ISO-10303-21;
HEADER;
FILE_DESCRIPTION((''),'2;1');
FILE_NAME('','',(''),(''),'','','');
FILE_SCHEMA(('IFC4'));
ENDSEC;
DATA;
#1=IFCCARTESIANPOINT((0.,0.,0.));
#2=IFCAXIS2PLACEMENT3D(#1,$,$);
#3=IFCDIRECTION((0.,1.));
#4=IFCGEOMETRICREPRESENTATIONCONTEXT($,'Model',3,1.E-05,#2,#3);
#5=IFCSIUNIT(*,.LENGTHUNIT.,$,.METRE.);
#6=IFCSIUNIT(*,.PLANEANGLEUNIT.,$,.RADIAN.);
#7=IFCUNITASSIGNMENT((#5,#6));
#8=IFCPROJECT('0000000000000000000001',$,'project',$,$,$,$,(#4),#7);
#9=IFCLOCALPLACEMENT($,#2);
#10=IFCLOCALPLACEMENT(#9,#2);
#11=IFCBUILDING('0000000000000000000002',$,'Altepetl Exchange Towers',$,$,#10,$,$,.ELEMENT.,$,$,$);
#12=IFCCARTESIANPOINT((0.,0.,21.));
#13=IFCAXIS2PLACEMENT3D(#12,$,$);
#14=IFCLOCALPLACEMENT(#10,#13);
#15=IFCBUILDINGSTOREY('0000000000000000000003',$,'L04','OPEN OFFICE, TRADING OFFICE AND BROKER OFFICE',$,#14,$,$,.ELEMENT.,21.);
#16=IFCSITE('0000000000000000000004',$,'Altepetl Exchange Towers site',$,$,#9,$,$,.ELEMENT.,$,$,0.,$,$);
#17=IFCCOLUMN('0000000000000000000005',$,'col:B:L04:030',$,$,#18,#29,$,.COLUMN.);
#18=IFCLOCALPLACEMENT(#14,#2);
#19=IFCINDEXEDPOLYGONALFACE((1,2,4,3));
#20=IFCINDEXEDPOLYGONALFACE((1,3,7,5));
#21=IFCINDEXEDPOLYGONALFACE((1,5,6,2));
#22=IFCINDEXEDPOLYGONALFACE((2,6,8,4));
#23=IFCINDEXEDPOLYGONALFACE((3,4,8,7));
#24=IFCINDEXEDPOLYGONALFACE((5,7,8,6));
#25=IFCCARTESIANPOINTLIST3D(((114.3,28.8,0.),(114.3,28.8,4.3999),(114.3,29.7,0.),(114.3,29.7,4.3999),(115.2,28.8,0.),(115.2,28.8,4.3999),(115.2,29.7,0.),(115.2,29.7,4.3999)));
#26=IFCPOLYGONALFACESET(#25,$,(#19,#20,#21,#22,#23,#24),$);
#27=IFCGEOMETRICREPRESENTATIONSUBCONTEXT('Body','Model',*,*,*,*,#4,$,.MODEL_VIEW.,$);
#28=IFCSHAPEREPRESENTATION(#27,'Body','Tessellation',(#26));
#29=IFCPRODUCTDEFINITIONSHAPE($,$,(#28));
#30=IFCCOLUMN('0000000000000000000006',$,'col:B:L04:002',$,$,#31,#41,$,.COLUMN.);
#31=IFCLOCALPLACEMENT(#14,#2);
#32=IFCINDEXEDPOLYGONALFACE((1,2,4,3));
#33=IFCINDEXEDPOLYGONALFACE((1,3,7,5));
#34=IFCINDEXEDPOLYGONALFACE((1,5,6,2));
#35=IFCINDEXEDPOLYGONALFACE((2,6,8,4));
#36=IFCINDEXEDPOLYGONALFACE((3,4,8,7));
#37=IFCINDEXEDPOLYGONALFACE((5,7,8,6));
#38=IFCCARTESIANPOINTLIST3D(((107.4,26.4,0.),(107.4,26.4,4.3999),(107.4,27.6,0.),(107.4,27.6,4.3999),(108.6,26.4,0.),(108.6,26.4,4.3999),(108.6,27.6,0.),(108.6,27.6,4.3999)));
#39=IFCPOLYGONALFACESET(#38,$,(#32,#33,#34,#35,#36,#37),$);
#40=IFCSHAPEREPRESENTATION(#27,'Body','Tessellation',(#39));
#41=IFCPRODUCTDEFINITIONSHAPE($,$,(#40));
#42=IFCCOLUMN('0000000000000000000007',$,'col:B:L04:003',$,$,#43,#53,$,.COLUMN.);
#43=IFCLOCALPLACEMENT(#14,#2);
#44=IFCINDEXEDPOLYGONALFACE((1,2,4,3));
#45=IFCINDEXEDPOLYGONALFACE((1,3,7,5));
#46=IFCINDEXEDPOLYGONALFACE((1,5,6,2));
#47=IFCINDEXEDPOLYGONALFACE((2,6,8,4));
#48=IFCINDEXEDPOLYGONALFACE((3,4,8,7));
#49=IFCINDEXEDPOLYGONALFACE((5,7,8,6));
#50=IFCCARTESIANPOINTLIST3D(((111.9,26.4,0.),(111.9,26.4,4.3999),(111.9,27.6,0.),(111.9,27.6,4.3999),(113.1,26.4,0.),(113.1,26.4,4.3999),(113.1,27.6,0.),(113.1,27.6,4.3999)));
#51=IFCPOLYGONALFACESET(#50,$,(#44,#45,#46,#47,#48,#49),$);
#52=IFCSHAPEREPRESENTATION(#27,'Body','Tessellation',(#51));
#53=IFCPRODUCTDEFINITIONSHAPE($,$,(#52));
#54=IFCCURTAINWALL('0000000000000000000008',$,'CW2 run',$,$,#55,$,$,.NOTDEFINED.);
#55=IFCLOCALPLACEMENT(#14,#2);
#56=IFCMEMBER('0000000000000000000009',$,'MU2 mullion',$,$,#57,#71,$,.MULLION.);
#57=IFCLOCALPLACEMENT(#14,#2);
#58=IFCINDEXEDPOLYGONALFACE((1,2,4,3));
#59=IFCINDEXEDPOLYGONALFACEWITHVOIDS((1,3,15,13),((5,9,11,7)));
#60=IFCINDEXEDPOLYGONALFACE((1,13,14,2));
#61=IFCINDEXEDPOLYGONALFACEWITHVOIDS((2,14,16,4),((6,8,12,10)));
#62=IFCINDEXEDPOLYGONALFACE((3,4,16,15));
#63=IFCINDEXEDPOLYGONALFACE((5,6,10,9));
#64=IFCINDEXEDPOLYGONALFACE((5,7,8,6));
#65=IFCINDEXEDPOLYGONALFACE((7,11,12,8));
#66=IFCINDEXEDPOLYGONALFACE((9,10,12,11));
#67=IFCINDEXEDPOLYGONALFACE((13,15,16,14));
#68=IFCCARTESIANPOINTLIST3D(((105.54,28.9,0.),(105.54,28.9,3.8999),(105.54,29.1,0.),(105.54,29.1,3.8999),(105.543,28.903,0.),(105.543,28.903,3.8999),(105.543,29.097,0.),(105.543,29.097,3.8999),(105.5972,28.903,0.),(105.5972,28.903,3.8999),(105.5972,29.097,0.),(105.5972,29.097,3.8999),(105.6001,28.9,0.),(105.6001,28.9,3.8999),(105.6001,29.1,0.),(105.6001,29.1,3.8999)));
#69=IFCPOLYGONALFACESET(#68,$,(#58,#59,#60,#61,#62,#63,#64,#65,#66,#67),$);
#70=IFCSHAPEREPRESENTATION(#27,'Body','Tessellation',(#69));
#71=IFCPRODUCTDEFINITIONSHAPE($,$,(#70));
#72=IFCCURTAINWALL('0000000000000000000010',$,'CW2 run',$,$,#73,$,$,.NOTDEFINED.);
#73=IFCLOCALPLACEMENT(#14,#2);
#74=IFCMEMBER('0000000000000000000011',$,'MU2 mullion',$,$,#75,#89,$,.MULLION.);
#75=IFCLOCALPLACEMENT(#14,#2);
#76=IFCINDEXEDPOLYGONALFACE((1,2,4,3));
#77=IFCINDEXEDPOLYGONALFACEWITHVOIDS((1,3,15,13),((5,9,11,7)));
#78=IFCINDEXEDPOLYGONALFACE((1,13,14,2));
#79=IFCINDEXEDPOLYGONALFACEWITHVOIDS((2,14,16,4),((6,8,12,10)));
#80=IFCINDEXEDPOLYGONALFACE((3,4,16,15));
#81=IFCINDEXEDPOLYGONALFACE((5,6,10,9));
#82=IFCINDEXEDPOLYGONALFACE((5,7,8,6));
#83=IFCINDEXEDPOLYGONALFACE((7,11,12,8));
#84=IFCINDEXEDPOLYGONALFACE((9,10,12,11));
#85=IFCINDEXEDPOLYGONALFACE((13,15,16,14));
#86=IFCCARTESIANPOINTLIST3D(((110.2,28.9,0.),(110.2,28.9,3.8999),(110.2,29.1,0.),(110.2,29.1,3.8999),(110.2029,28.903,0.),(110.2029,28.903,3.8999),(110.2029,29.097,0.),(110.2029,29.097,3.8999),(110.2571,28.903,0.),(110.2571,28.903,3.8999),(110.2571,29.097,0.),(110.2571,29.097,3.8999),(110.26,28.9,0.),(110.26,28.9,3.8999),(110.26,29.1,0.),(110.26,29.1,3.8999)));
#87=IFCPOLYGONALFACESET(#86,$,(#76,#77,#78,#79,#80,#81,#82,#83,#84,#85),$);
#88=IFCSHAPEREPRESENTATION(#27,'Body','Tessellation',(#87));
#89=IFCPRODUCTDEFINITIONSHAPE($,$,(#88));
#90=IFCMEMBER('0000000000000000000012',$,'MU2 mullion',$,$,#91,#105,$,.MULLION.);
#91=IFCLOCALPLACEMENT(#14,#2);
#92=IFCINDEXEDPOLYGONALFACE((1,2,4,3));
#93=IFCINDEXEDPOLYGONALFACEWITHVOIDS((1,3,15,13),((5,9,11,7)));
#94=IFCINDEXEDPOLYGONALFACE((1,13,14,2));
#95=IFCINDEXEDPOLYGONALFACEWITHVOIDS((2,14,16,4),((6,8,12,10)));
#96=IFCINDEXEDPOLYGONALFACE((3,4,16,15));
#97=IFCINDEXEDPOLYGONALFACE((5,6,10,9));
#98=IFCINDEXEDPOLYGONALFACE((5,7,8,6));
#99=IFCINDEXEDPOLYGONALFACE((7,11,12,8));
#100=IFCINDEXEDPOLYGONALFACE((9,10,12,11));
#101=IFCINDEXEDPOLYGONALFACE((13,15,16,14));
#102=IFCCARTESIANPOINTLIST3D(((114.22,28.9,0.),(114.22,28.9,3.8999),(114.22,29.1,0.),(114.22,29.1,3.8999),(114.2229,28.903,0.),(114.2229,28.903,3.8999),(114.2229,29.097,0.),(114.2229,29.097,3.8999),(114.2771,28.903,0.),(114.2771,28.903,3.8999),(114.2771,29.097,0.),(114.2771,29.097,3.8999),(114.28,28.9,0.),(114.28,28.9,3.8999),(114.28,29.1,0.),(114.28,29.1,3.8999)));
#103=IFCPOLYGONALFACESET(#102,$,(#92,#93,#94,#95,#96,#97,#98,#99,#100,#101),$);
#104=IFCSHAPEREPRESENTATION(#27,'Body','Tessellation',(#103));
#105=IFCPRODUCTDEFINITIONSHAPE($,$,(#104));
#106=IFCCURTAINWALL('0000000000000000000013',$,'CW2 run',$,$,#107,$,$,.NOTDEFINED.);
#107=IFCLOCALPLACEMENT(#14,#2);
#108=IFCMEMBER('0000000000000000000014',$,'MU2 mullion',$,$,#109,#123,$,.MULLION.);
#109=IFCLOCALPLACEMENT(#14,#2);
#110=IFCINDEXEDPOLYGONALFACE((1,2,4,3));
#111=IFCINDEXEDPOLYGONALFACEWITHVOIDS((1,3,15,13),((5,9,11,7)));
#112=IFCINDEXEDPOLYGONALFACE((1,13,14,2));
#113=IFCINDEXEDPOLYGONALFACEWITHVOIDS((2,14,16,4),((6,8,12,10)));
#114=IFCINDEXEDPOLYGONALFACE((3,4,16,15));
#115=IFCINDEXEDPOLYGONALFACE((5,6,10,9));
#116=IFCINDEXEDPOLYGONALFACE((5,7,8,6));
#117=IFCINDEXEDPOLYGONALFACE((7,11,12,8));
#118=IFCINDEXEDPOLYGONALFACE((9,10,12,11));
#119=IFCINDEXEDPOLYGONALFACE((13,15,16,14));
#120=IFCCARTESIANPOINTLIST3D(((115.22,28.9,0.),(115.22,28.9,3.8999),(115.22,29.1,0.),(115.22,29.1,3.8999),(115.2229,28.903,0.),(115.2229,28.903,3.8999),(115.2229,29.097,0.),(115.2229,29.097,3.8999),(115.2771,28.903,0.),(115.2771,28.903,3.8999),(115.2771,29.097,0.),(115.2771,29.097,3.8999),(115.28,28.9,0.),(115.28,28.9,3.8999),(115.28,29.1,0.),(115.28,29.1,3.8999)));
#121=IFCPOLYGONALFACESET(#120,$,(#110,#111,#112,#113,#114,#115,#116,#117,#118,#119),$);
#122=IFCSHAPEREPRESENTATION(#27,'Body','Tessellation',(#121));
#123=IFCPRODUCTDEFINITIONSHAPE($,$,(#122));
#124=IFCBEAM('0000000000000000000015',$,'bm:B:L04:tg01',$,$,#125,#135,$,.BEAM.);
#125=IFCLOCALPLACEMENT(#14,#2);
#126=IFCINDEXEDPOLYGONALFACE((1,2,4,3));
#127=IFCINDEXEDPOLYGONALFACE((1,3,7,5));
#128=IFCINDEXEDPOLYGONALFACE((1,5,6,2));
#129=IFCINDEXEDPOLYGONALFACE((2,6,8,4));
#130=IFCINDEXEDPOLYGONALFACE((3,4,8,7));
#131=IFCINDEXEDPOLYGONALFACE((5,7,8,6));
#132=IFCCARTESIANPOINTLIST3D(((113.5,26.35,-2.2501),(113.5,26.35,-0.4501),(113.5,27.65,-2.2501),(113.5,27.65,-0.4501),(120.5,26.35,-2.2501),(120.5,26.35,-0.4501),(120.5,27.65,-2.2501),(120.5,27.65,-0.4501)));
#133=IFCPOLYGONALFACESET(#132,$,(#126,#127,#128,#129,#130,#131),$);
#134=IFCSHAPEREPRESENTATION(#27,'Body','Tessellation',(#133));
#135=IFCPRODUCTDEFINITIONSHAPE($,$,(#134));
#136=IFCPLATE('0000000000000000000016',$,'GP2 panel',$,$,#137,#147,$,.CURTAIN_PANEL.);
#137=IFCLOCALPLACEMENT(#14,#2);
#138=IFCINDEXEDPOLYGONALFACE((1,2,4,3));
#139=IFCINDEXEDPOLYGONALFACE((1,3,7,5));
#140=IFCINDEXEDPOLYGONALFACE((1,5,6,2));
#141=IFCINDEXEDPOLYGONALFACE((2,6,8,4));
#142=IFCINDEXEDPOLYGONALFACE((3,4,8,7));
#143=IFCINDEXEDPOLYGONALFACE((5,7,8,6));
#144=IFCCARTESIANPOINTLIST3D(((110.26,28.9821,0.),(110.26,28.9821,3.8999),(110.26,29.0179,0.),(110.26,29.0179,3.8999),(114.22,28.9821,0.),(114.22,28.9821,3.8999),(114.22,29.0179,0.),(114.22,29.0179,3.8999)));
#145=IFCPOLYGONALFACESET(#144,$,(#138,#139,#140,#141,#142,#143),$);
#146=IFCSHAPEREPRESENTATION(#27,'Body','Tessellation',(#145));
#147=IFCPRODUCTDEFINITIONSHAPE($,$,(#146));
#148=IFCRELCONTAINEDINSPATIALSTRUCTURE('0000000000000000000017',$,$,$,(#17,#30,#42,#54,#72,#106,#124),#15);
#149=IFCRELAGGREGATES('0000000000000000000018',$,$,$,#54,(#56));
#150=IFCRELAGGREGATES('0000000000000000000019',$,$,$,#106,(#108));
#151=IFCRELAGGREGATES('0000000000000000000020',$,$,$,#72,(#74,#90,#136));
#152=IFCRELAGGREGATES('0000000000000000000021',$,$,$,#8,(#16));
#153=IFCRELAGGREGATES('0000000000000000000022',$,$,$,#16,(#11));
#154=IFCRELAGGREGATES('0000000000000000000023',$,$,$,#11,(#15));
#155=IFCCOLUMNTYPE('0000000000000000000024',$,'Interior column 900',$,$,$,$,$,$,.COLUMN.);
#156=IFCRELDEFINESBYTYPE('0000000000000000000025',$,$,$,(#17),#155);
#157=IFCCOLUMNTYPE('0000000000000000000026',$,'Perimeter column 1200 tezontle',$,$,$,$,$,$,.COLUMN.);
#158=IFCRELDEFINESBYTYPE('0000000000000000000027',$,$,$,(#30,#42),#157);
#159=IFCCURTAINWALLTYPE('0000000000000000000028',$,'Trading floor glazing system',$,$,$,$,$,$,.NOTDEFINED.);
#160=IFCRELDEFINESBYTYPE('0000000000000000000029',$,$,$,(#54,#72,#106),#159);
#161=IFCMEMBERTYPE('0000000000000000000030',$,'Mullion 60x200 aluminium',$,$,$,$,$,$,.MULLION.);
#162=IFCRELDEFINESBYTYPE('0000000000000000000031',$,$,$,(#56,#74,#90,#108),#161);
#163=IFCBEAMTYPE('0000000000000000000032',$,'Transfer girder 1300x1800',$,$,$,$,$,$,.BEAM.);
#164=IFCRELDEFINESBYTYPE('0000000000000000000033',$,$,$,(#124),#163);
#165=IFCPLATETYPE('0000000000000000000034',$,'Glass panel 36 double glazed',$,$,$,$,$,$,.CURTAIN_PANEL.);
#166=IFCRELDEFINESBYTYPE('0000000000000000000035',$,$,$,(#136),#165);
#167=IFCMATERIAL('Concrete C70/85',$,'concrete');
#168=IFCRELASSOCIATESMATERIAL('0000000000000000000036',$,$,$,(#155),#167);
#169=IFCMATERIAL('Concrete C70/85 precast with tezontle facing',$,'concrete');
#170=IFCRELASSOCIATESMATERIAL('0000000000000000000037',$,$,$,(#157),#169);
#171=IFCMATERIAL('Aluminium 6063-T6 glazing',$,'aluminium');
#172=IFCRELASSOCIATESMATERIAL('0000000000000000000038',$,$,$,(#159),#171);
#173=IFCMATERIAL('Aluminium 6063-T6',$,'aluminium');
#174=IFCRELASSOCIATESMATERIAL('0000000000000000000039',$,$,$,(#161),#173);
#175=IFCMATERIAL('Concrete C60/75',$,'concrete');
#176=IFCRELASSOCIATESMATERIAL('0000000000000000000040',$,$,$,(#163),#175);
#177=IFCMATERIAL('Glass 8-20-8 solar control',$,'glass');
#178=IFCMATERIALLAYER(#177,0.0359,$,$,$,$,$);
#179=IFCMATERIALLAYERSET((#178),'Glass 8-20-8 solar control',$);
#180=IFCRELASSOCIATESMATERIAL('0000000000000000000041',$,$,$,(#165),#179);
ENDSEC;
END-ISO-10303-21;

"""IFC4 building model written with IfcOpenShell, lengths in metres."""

from ifc_helpers import new_model, si_unit, direction, frame, origin, origin_2d, place, context, subcontext, project, spatial, rectangle, hollow_rectangle, extrude, material, layer, layer_set, material_profile, profile_set, type_object, element, aggregate, save


model = new_model("IFC4")

# Units and contexts
model_context = context("Model", 3, precision=1e-05, world=origin(), true_north=direction((0.0, 1.0)))
body_context = subcontext(model_context, "Body", "Model", "MODEL_VIEW")
ifc_project = project(units=[si_unit("LENGTHUNIT", "METRE"), si_unit("PLANEANGLEUNIT", "RADIAN")], contexts=[model_context])

# Site, building, storey
site_placement = place(None, origin())
site = spatial("IfcSite", under=ifc_project, at=site_placement, Name="Altepetl Exchange Towers site", CompositionType="ELEMENT", RefElevation=0.0)
building_placement = place(site_placement, origin())
building = spatial("IfcBuilding", under=site, at=building_placement, Name="Altepetl Exchange Towers", CompositionType="ELEMENT")
storey_placement = place(building_placement, frame((0.0, 0.0, 21.0)))
storey = spatial("IfcBuildingStorey", under=building, at=storey_placement, Name="L04", Description="OPEN OFFICE, TRADING OFFICE AND BROKER OFFICE", CompositionType="ELEMENT", Elevation=21.0)

# Columns
ifc_material_1 = material(Name="Concrete C70/85", Category="concrete")
ifc_material_profile_1 = material_profile(ifc_material_1, rectangle(XDim=0.8999, YDim=0.8999, at=origin_2d()), Name="900 x 900")
ifc_profile_set_1 = profile_set([ifc_material_profile_1], Name="Concrete C70/85")
column_type_1 = type_object("IfcColumnType", Name="Interior column 900", PredefinedType="COLUMN", material=ifc_profile_set_1)
column_placement = place(storey_placement, frame((114.75, 29.25, 0.0)))
element("IfcColumn", 1, at=column_placement, inside=storey, type_object=column_type_1, Name="col:B:L04:030", PredefinedType="COLUMN", context=body_context, shape_type="SweptSolid", body=[
    extrude(rectangle(XDim=0.8999, YDim=0.8999, at=origin_2d()), origin(), (0.0, 0.0, 1.0), 4.3999),
])
ifc_material_2 = material(Name="Concrete C70/85 precast with tezontle facing", Category="concrete")
ifc_material_profile_2 = material_profile(ifc_material_2, rectangle(XDim=1.2, YDim=1.2, at=origin_2d()), Name="1200 x 1200")
ifc_profile_set_2 = profile_set([ifc_material_profile_2], Name="Concrete C70/85 precast with tezontle facing")
column_type_2 = type_object("IfcColumnType", Name="Perimeter column 1200 tezontle", PredefinedType="COLUMN", material=ifc_profile_set_2)
for number, where, name in (
    (2, (108.0, 27.0, 0.0), "col:B:L04:002"),
    (3, (112.5, 27.0, 0.0), "col:B:L04:003"),
):
    element("IfcColumn", number, at=place(storey_placement, frame(where)), inside=storey, type_object=column_type_2, Name=name, PredefinedType="COLUMN", context=body_context, shape_type="SweptSolid", body=[
        extrude(rectangle(XDim=1.2, YDim=1.2, at=origin_2d()), origin(), (0.0, 0.0, 1.0), 4.3999),
    ])

# Curtain wall, member
ifc_material_3 = material(Name="Aluminium 6063-T6 glazing", Category="aluminium")
curtain_wall_type = type_object("IfcCurtainWallType", Name="Trading floor glazing system", PredefinedType="NOTDEFINED", material=ifc_material_3)
curtain_wall_1_placement = place(storey_placement, origin())
curtain_wall_1 = element("IfcCurtainWall", 4, at=curtain_wall_1_placement, inside=storey, type_object=curtain_wall_type, Name="CW2 run", PredefinedType="NOTDEFINED")
ifc_material_4 = material(Name="Aluminium 6063-T6", Category="aluminium")
ifc_material_profile_3 = material_profile(ifc_material_4, hollow_rectangle(XDim=0.0601, YDim=0.2, WallThickness=0.0029, at=origin_2d()), Name="Mullion 60x200 aluminium")
ifc_profile_set_3 = profile_set([ifc_material_profile_3], Name="Aluminium 6063-T6")
member_type = type_object("IfcMemberType", Name="Mullion 60x200 aluminium", PredefinedType="MULLION", material=ifc_profile_set_3)
member_1_placement = place(storey_placement, frame((105.5701, 29.0, 0.0)))
member_1 = element("IfcMember", 5, at=member_1_placement, type_object=member_type, Name="MU2 mullion", PredefinedType="MULLION", context=body_context, shape_type="SweptSolid", body=[
    extrude(hollow_rectangle(XDim=0.0601, YDim=0.2, WallThickness=0.0029, at=origin_2d()), origin(), (0.0, 0.0, 1.0), 3.8999),
])
aggregate(curtain_wall_1, [member_1])

# Curtain wall, members
curtain_wall_2_placement = place(storey_placement, origin())
curtain_wall_2 = element("IfcCurtainWall", 6, at=curtain_wall_2_placement, inside=storey, type_object=curtain_wall_type, Name="CW2 run", PredefinedType="NOTDEFINED")
member_2_placement = place(storey_placement, frame((110.23, 29.0, 0.0)))
member_2 = element("IfcMember", 7, at=member_2_placement, type_object=member_type, Name="MU2 mullion", PredefinedType="MULLION", context=body_context, shape_type="SweptSolid", body=[
    extrude(hollow_rectangle(XDim=0.0601, YDim=0.2, WallThickness=0.0029, at=origin_2d()), origin(), (0.0, 0.0, 1.0), 3.8999),
])
member_3_placement = place(storey_placement, frame((114.25, 29.0, 0.0)))
member_3 = element("IfcMember", 8, at=member_3_placement, type_object=member_type, Name="MU2 mullion", PredefinedType="MULLION", context=body_context, shape_type="SweptSolid", body=[
    extrude(hollow_rectangle(XDim=0.0601, YDim=0.2, WallThickness=0.0029, at=origin_2d()), origin(), (0.0, 0.0, 1.0), 3.8999),
])

# Curtain wall, member
curtain_wall_3_placement = place(storey_placement, origin())
curtain_wall_3 = element("IfcCurtainWall", 9, at=curtain_wall_3_placement, inside=storey, type_object=curtain_wall_type, Name="CW2 run", PredefinedType="NOTDEFINED")
member_4_placement = place(storey_placement, frame((115.25, 29.0, 0.0)))
member_4 = element("IfcMember", 10, at=member_4_placement, type_object=member_type, Name="MU2 mullion", PredefinedType="MULLION", context=body_context, shape_type="SweptSolid", body=[
    extrude(hollow_rectangle(XDim=0.0601, YDim=0.2, WallThickness=0.0029, at=origin_2d()), origin(), (0.0, 0.0, 1.0), 3.8999),
])
aggregate(curtain_wall_3, [member_4])

# Beam
ifc_material_5 = material(Name="Concrete C60/75", Category="concrete")
ifc_material_profile_4 = material_profile(ifc_material_5, rectangle(XDim=1.3, YDim=1.8, at=origin_2d()), Name="1300 x 1800")
ifc_profile_set_4 = profile_set([ifc_material_profile_4], Name="Concrete C60/75")
beam_type = type_object("IfcBeamType", Name="Transfer girder 1300x1800", PredefinedType="BEAM", material=ifc_profile_set_4)
beam_placement = place(storey_placement, frame((113.5, 27.0, -1.3501), z_axis=(1.0, 0.0, 0.0), x_axis=(0.0, 1.0, 0.0)))
element("IfcBeam", 11, at=beam_placement, inside=storey, type_object=beam_type, Name="bm:B:L04:tg01", PredefinedType="BEAM", context=body_context, shape_type="SweptSolid", body=[
    extrude(rectangle(XDim=1.3, YDim=1.8, at=origin_2d()), origin(), (0.0, 0.0, 1.0), 7.0),
])

# Plate
ifc_material_6 = material(Name="Glass 8-20-8 solar control", Category="glass")
ifc_layer_1 = layer(ifc_material_6, 0.0359)
ifc_layer_set_1 = layer_set([ifc_layer_1], Name="Glass 8-20-8 solar control")
plate_type = type_object("IfcPlateType", Name="Glass panel 36 double glazed", PredefinedType="CURTAIN_PANEL", material=ifc_layer_set_1)
plate_placement = place(storey_placement, frame((112.24, 29.0, 0.0)))
plate = element("IfcPlate", 12, at=plate_placement, type_object=plate_type, Name="GP2 panel", PredefinedType="CURTAIN_PANEL", context=body_context, shape_type="SweptSolid", body=[
    extrude(rectangle(XDim=3.96, YDim=0.0359, at=origin_2d()), origin(), (0.0, 0.0, 1.0), 3.8999),
])
aggregate(curtain_wall_2, [member_2, member_3, plate])

save(model, "model.ifc")
